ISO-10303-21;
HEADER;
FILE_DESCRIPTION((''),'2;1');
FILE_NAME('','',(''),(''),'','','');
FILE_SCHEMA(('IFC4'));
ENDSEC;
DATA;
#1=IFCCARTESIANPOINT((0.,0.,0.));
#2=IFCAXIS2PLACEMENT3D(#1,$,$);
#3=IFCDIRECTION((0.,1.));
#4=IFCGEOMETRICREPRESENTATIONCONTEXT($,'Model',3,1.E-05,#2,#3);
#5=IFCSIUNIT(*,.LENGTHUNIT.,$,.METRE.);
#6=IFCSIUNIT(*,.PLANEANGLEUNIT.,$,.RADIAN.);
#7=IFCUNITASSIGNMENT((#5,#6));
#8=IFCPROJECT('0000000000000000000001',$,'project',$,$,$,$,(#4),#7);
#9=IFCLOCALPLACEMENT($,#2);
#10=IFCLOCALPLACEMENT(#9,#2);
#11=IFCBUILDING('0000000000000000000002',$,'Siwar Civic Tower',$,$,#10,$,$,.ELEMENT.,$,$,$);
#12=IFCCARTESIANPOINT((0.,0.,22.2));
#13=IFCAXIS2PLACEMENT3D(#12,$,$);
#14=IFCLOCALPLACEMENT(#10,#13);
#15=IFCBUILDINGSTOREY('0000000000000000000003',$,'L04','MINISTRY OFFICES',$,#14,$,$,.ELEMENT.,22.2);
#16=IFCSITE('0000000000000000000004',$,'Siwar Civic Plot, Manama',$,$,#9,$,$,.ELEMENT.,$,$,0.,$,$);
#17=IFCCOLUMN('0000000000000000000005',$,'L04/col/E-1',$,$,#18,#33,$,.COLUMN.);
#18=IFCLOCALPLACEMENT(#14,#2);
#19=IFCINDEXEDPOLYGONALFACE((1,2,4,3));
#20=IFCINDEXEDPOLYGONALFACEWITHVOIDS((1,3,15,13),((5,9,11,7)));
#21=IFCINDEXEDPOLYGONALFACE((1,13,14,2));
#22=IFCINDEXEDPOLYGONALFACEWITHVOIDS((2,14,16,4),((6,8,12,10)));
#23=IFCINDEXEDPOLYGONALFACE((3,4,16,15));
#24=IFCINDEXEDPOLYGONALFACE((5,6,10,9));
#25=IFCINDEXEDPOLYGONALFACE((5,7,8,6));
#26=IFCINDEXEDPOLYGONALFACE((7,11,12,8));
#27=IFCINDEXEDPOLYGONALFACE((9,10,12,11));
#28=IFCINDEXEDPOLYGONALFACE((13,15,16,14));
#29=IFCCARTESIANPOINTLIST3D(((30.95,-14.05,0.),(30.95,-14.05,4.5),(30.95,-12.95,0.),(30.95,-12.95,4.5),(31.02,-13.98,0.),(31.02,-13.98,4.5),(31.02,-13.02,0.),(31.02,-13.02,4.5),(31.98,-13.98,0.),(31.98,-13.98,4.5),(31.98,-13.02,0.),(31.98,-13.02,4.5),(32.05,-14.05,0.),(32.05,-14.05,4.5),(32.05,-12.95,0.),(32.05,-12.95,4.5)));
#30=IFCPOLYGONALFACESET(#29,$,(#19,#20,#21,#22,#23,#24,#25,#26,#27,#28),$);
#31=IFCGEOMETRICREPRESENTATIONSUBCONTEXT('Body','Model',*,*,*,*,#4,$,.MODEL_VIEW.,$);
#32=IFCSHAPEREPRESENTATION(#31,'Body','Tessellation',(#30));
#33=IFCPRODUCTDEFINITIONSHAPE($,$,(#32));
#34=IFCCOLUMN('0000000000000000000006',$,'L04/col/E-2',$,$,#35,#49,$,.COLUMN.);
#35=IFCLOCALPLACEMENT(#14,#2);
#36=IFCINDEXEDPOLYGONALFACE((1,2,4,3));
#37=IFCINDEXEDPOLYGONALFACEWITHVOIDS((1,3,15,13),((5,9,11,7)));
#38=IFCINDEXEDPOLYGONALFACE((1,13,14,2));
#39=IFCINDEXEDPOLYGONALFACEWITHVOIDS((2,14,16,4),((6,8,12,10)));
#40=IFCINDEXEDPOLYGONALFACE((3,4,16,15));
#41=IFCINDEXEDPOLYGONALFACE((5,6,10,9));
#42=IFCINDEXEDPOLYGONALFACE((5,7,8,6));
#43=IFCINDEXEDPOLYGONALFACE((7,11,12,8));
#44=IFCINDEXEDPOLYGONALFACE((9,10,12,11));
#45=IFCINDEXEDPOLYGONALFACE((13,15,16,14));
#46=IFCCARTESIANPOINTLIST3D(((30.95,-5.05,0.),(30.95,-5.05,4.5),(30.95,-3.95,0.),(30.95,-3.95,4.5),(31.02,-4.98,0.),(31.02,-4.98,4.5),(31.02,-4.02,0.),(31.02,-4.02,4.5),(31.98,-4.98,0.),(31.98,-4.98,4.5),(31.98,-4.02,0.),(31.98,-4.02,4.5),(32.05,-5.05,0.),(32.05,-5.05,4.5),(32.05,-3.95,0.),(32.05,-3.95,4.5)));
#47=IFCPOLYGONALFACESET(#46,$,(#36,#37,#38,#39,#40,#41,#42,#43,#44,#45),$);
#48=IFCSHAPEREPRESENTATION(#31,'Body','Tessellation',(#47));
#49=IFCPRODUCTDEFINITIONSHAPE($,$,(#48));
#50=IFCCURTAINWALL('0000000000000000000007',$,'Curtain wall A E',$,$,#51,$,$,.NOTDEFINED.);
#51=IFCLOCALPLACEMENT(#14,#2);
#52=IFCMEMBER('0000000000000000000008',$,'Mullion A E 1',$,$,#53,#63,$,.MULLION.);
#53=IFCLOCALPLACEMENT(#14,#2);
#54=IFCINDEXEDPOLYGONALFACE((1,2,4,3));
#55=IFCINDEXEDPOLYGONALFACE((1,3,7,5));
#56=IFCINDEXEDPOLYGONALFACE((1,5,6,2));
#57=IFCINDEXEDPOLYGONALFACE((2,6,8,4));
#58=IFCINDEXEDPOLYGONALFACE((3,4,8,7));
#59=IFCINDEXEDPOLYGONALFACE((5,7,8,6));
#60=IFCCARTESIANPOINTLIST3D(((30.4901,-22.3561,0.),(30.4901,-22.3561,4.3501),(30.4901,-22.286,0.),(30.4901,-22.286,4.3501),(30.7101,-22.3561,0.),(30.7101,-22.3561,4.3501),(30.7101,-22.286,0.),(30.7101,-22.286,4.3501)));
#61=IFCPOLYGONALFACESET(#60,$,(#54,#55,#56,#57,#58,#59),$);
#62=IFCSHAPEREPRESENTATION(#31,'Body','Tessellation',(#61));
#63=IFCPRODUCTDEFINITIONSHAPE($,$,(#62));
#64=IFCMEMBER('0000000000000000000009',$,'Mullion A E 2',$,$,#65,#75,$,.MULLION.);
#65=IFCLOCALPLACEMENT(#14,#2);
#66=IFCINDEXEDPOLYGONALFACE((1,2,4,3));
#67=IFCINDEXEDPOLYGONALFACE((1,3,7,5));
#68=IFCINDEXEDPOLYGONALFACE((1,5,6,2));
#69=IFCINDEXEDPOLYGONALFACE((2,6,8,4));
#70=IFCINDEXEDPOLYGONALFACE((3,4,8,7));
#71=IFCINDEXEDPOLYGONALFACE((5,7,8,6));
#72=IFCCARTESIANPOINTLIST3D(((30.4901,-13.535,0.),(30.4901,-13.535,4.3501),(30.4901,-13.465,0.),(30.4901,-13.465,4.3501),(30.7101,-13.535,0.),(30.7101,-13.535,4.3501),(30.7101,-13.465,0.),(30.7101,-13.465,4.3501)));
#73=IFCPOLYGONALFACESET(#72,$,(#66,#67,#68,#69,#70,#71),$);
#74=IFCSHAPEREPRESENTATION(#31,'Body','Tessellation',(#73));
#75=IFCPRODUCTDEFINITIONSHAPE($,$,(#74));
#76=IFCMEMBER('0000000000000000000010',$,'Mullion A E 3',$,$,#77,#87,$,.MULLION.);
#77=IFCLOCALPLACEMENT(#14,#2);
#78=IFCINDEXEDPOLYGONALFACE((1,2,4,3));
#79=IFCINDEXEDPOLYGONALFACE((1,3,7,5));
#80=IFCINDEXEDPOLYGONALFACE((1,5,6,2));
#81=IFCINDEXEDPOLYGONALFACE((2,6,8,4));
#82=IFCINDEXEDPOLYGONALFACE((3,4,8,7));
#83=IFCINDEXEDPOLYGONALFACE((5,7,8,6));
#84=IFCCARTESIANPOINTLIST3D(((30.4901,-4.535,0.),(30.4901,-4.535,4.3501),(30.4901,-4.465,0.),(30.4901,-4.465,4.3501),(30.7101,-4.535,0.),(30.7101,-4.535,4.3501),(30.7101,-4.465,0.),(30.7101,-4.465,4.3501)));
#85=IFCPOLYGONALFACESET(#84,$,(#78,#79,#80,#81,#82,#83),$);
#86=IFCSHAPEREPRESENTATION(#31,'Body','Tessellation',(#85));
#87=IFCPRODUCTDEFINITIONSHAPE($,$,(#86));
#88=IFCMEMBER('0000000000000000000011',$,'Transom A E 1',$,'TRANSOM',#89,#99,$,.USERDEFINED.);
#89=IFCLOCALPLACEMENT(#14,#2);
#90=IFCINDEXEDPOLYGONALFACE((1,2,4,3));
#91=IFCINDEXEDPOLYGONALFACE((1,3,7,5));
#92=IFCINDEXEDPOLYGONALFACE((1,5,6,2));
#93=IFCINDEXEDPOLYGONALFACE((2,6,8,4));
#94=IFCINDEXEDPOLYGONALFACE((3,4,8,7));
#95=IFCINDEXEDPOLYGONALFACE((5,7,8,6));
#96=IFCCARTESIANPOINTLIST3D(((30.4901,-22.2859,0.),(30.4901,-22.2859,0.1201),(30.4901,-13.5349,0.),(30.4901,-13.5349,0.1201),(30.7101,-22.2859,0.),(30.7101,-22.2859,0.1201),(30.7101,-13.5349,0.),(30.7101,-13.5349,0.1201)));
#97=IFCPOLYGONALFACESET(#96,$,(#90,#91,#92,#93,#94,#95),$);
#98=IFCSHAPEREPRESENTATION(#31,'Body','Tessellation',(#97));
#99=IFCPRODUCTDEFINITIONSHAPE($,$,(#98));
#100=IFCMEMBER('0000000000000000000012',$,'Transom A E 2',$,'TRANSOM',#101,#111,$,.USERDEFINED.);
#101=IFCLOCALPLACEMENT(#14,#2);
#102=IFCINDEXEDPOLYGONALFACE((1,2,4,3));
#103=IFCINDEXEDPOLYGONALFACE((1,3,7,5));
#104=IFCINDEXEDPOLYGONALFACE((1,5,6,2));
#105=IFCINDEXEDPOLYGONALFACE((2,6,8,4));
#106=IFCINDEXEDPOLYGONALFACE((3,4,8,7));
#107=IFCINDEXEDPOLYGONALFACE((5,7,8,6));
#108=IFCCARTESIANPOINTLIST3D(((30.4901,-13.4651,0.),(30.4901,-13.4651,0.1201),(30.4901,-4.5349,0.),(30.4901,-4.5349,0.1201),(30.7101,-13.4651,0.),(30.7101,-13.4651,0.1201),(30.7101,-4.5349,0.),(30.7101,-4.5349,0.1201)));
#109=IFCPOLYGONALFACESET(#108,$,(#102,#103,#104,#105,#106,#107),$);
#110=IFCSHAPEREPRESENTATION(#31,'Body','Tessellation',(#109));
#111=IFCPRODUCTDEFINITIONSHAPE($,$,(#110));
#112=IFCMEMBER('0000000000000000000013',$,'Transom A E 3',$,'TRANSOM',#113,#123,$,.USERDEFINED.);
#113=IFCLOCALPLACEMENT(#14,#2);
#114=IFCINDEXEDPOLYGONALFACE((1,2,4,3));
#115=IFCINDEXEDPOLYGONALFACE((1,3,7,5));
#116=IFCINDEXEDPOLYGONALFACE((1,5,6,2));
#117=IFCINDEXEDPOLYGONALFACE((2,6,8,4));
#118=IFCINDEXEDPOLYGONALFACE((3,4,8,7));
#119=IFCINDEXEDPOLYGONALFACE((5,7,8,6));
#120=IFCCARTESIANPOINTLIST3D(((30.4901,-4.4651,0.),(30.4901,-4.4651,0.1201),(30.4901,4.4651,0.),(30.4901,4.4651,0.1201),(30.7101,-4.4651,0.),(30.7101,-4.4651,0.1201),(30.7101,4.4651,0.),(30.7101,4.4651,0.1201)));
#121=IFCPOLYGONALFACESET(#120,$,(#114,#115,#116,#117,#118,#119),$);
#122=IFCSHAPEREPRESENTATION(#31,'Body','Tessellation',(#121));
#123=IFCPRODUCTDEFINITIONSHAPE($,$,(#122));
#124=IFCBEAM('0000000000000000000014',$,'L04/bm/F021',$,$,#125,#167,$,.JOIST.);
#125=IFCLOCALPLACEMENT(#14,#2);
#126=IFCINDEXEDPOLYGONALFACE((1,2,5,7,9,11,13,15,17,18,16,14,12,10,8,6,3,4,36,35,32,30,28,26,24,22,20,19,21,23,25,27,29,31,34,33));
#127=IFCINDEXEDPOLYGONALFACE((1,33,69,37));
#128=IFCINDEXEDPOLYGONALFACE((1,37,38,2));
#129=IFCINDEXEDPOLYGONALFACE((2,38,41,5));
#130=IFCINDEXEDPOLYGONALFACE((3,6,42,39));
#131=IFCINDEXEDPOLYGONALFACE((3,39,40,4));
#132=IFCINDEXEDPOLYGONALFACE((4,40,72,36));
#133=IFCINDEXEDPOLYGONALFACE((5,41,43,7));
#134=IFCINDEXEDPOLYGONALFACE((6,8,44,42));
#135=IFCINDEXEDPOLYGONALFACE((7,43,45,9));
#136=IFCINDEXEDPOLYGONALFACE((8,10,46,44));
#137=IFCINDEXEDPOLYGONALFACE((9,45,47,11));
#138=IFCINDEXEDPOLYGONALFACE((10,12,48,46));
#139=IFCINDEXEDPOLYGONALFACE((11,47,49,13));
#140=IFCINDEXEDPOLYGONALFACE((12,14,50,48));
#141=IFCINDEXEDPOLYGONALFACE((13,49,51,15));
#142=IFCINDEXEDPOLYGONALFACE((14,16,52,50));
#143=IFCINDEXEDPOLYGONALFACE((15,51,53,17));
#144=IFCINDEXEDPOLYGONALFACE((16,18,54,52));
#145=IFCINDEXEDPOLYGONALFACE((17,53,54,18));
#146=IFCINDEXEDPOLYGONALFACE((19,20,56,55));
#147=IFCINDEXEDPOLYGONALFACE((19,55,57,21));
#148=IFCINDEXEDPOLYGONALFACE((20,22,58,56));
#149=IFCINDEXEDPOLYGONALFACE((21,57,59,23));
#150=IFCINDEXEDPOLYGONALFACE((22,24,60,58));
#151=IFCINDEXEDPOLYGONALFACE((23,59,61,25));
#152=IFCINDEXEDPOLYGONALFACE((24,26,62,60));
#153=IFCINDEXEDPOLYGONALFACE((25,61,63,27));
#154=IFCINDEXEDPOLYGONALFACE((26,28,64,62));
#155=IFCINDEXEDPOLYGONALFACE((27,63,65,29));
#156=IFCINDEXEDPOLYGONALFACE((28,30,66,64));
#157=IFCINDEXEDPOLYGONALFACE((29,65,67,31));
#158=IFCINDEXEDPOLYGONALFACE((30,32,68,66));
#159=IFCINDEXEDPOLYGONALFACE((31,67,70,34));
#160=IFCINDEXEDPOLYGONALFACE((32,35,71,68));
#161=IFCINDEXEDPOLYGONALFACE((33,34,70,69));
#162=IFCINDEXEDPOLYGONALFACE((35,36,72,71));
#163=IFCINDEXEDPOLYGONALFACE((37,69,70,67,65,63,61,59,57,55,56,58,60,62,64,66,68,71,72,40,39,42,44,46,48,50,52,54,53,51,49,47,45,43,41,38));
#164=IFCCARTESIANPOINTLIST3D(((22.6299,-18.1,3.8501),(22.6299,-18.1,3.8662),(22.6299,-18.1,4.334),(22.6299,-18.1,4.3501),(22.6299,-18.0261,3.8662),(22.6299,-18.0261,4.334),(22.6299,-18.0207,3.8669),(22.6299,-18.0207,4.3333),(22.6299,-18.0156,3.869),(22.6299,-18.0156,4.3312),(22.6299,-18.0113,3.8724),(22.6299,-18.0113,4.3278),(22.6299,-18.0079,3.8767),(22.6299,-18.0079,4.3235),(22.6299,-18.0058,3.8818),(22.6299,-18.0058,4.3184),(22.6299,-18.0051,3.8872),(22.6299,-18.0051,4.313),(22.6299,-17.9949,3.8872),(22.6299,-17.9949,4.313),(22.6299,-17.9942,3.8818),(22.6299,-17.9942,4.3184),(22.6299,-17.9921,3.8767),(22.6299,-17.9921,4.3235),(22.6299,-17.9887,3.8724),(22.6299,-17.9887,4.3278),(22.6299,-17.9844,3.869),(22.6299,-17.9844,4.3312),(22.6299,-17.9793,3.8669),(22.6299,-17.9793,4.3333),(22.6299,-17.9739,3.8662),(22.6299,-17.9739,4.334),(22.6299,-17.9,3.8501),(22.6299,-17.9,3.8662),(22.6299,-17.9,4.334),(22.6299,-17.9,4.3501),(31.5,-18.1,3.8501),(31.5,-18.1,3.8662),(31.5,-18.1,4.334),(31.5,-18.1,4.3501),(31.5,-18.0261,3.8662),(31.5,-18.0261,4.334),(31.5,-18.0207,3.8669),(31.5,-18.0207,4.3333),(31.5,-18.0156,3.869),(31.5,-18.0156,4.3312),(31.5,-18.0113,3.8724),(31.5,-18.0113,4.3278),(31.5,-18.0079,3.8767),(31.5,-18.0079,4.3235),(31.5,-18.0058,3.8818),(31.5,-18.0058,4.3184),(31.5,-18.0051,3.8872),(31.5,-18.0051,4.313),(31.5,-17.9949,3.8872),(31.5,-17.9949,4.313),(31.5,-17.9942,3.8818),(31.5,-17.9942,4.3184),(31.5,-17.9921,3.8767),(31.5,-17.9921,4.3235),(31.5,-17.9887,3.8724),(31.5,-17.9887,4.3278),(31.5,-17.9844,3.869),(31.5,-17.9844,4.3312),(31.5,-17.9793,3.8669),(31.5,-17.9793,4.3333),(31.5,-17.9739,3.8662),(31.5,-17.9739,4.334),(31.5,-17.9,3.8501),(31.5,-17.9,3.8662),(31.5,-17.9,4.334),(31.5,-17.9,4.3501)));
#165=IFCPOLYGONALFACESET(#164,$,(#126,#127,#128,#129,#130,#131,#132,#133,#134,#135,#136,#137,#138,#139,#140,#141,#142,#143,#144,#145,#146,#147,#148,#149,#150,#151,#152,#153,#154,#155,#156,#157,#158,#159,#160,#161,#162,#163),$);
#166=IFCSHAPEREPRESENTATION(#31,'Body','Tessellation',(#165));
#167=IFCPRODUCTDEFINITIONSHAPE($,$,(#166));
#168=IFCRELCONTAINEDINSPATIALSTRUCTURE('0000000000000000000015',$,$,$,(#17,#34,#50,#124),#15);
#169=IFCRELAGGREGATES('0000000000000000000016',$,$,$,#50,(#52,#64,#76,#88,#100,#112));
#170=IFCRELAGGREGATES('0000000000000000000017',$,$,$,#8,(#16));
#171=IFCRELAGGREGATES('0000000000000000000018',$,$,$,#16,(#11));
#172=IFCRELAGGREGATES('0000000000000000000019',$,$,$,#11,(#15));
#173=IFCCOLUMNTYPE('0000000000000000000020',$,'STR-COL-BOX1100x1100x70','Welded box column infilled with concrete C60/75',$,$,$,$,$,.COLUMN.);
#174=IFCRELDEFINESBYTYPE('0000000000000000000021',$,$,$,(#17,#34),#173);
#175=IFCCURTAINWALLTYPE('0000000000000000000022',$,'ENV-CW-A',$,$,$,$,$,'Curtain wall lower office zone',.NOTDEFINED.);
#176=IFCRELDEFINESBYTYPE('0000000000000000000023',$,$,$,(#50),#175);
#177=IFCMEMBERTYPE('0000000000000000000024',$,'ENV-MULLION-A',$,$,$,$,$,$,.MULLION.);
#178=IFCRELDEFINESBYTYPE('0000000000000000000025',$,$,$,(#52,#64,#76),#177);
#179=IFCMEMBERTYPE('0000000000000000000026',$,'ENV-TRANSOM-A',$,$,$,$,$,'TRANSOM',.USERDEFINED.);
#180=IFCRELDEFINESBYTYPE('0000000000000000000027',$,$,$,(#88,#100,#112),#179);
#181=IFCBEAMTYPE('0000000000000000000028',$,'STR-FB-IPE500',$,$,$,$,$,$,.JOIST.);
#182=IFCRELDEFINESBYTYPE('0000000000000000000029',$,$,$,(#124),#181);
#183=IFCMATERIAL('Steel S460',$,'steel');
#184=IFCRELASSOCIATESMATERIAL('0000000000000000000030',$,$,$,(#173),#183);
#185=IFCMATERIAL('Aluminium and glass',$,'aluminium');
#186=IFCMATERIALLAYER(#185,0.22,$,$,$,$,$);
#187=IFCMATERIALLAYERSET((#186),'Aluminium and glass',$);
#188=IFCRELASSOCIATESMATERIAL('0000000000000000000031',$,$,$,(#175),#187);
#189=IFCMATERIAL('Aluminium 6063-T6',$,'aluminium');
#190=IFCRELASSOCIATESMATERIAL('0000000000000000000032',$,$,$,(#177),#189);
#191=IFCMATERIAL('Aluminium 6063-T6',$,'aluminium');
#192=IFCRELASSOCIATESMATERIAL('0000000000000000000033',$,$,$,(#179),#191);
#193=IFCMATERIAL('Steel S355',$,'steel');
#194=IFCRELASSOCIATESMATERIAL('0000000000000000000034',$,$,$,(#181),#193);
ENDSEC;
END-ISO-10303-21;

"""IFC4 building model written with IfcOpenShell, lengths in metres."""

from ifc_helpers import new_model, si_unit, direction, frame, origin, origin_2d, place, context, subcontext, project, spatial, rectangle, hollow_rectangle, i_section, extrude, material, layer, layer_set, material_profile, profile_set, type_object, element, aggregate, save


model = new_model("IFC4")

# Units and contexts
model_context = context("Model", 3, precision=1e-05, world=origin(), true_north=direction((0.0, 1.0)))
body_context = subcontext(model_context, "Body", "Model", "MODEL_VIEW")
ifc_project = project(units=[si_unit("LENGTHUNIT", "METRE"), si_unit("PLANEANGLEUNIT", "RADIAN")], contexts=[model_context])

# Site, building, storey
site_placement = place(None, origin())
site = spatial("IfcSite", under=ifc_project, at=site_placement, Name="Siwar Civic Plot, Manama", CompositionType="ELEMENT", RefElevation=0.0)
building_placement = place(site_placement, origin())
building = spatial("IfcBuilding", under=site, at=building_placement, Name="Siwar Civic Tower", CompositionType="ELEMENT")
storey_placement = place(building_placement, frame((0.0, 0.0, 22.2)))
storey = spatial("IfcBuildingStorey", under=building, at=storey_placement, Name="L04", Description="MINISTRY OFFICES", CompositionType="ELEMENT", Elevation=22.2)

# Columns
ifc_material_1 = material(Name="Steel S460", Category="steel")
ifc_material_profile_1 = material_profile(ifc_material_1, hollow_rectangle(XDim=1.1001, YDim=1.1001, WallThickness=0.0701, at=origin_2d()), Name="BOX1100x1100x70")
ifc_profile_set_1 = profile_set([ifc_material_profile_1], Name="Steel S460")
column_type = type_object("IfcColumnType", Name="STR-COL-BOX1100x1100x70", Description="Welded box column infilled with concrete C60/75", PredefinedType="COLUMN", material=ifc_profile_set_1)
for number, where, z_axis, x_axis, name in (
    (1, (31.5, -13.5, 0.0), (0.0, 0.0, 1.0), (1.0, 0.0, 0.0), "L04/col/E-1"),
    (2, (31.5, -4.5, 0.0), (0.0, 0.0, 1.0), (1.0, 0.0, 0.0), "L04/col/E-2"),
):
    element("IfcColumn", number, at=place(storey_placement, frame(where, z_axis=z_axis, x_axis=x_axis)), inside=storey, type_object=column_type, Name=name, PredefinedType="COLUMN", context=body_context, shape_type="SweptSolid", body=[
        extrude(hollow_rectangle(XDim=1.1001, YDim=1.1001, WallThickness=0.0701, at=origin_2d()), origin(), (0.0, 0.0, 1.0), 4.5),
    ])

# Curtain wall, members
ifc_material_2 = material(Name="Aluminium and glass", Category="aluminium")
ifc_layer_1 = layer(ifc_material_2, 0.22)
ifc_layer_set_1 = layer_set([ifc_layer_1], Name="Aluminium and glass")
curtain_wall_type = type_object("IfcCurtainWallType", Name="ENV-CW-A", ElementType="Curtain wall lower office zone", PredefinedType="NOTDEFINED", material=ifc_layer_set_1)
curtain_wall_placement = place(storey_placement, origin())
curtain_wall = element("IfcCurtainWall", 3, at=curtain_wall_placement, inside=storey, type_object=curtain_wall_type, Name="Curtain wall A E", PredefinedType="NOTDEFINED")
ifc_material_3 = material(Name="Aluminium 6063-T6", Category="aluminium")
ifc_material_profile_2 = material_profile(ifc_material_3, rectangle(XDim=0.22, YDim=0.0701, at=origin_2d()), Name="AL 220x70")
ifc_profile_set_2 = profile_set([ifc_material_profile_2], Name="Aluminium 6063-T6")
member_type_1 = type_object("IfcMemberType", Name="ENV-MULLION-A", PredefinedType="MULLION", material=ifc_profile_set_2)
member_1_placement = place(storey_placement, frame((30.6001, -22.321, 0.0), z_axis=(0.0, 0.0, 1.0), x_axis=(-1.0, 0.0, 0.0)))
member_1 = element("IfcMember", 4, at=member_1_placement, type_object=member_type_1, Name="Mullion A E 1", PredefinedType="MULLION", context=body_context, shape_type="SweptSolid", body=[
    extrude(rectangle(XDim=0.22, YDim=0.0701, at=origin_2d()), origin(), (0.0, 0.0, 1.0), 4.3501),
])
member_2_placement = place(storey_placement, frame((30.6001, -13.5, 0.0), z_axis=(0.0, 0.0, 1.0), x_axis=(-1.0, 0.0, 0.0)))
member_2 = element("IfcMember", 5, at=member_2_placement, type_object=member_type_1, Name="Mullion A E 2", PredefinedType="MULLION", context=body_context, shape_type="SweptSolid", body=[
    extrude(rectangle(XDim=0.22, YDim=0.0701, at=origin_2d()), origin(), (0.0, 0.0, 1.0), 4.3501),
])
member_3_placement = place(storey_placement, frame((30.6001, -4.5, 0.0), z_axis=(0.0, 0.0, 1.0), x_axis=(-1.0, 0.0, 0.0)))
member_3 = element("IfcMember", 6, at=member_3_placement, type_object=member_type_1, Name="Mullion A E 3", PredefinedType="MULLION", context=body_context, shape_type="SweptSolid", body=[
    extrude(rectangle(XDim=0.22, YDim=0.0701, at=origin_2d()), origin(), (0.0, 0.0, 1.0), 4.3501),
])
ifc_material_4 = material(Name="Aluminium 6063-T6", Category="aluminium")
ifc_material_profile_3 = material_profile(ifc_material_4, rectangle(XDim=0.22, YDim=0.1201, at=origin_2d()), Name="AL 220x120")
ifc_profile_set_3 = profile_set([ifc_material_profile_3], Name="Aluminium 6063-T6")
member_type_2 = type_object("IfcMemberType", Name="ENV-TRANSOM-A", ElementType="TRANSOM", PredefinedType="USERDEFINED", material=ifc_profile_set_3)
member_4_placement = place(storey_placement, frame((30.6001, -22.2859, 0.0601), z_axis=(0.0, 1.0, 0.0), x_axis=(-1.0, 0.0, 0.0)))
member_4 = element("IfcMember", 7, at=member_4_placement, type_object=member_type_2, Name="Transom A E 1", ObjectType="TRANSOM", PredefinedType="USERDEFINED", context=body_context, shape_type="SweptSolid", body=[
    extrude(rectangle(XDim=0.22, YDim=0.1201, at=origin_2d()), origin(), (0.0, 0.0, 1.0), 8.751),
])
member_5_placement = place(storey_placement, frame((30.6001, -13.4651, 0.0601), z_axis=(0.0, 1.0, 0.0), x_axis=(-1.0, 0.0, 0.0)))
member_5 = element("IfcMember", 8, at=member_5_placement, type_object=member_type_2, Name="Transom A E 2", ObjectType="TRANSOM", PredefinedType="USERDEFINED", context=body_context, shape_type="SweptSolid", body=[
    extrude(rectangle(XDim=0.22, YDim=0.1201, at=origin_2d()), origin(), (0.0, 0.0, 1.0), 8.9302),
])
member_6_placement = place(storey_placement, frame((30.6001, -4.4651, 0.0601), z_axis=(0.0, 1.0, 0.0), x_axis=(-1.0, 0.0, 0.0)))
member_6 = element("IfcMember", 9, at=member_6_placement, type_object=member_type_2, Name="Transom A E 3", ObjectType="TRANSOM", PredefinedType="USERDEFINED", context=body_context, shape_type="SweptSolid", body=[
    extrude(rectangle(XDim=0.22, YDim=0.1201, at=origin_2d()), origin(), (0.0, 0.0, 1.0), 8.9302),
])

# Beam
ifc_material_5 = material(Name="Steel S355", Category="steel")
ifc_material_profile_4 = material_profile(ifc_material_5, i_section(OverallWidth=0.2, OverallDepth=0.5, WebThickness=0.0103, FlangeThickness=0.0161, FilletRadius=0.021, at=origin_2d()), Name="IPE500")
ifc_profile_set_4 = profile_set([ifc_material_profile_4], Name="Steel S355")
beam_type_1 = type_object("IfcBeamType", Name="STR-FB-IPE500", PredefinedType="JOIST", material=ifc_profile_set_4)
beam_1_placement = place(storey_placement, frame((22.6299, -18.0, 4.1001), z_axis=(1.0, 0.0, 0.0), x_axis=(0.0, 1.0, 0.0)))
element("IfcBeam", 10, at=beam_1_placement, inside=storey, type_object=beam_type_1, Name="L04/bm/F021", PredefinedType="JOIST", context=body_context, shape_type="SweptSolid", body=[
    extrude(i_section(OverallWidth=0.2, OverallDepth=0.5, WebThickness=0.0103, FlangeThickness=0.0161, FilletRadius=0.021, at=origin_2d()), origin(), (0.0, 0.0, 1.0), 8.8701),
])

aggregate(curtain_wall, [member_1, member_2, member_3, member_4, member_5, member_6])

save(model, "model.ifc")
